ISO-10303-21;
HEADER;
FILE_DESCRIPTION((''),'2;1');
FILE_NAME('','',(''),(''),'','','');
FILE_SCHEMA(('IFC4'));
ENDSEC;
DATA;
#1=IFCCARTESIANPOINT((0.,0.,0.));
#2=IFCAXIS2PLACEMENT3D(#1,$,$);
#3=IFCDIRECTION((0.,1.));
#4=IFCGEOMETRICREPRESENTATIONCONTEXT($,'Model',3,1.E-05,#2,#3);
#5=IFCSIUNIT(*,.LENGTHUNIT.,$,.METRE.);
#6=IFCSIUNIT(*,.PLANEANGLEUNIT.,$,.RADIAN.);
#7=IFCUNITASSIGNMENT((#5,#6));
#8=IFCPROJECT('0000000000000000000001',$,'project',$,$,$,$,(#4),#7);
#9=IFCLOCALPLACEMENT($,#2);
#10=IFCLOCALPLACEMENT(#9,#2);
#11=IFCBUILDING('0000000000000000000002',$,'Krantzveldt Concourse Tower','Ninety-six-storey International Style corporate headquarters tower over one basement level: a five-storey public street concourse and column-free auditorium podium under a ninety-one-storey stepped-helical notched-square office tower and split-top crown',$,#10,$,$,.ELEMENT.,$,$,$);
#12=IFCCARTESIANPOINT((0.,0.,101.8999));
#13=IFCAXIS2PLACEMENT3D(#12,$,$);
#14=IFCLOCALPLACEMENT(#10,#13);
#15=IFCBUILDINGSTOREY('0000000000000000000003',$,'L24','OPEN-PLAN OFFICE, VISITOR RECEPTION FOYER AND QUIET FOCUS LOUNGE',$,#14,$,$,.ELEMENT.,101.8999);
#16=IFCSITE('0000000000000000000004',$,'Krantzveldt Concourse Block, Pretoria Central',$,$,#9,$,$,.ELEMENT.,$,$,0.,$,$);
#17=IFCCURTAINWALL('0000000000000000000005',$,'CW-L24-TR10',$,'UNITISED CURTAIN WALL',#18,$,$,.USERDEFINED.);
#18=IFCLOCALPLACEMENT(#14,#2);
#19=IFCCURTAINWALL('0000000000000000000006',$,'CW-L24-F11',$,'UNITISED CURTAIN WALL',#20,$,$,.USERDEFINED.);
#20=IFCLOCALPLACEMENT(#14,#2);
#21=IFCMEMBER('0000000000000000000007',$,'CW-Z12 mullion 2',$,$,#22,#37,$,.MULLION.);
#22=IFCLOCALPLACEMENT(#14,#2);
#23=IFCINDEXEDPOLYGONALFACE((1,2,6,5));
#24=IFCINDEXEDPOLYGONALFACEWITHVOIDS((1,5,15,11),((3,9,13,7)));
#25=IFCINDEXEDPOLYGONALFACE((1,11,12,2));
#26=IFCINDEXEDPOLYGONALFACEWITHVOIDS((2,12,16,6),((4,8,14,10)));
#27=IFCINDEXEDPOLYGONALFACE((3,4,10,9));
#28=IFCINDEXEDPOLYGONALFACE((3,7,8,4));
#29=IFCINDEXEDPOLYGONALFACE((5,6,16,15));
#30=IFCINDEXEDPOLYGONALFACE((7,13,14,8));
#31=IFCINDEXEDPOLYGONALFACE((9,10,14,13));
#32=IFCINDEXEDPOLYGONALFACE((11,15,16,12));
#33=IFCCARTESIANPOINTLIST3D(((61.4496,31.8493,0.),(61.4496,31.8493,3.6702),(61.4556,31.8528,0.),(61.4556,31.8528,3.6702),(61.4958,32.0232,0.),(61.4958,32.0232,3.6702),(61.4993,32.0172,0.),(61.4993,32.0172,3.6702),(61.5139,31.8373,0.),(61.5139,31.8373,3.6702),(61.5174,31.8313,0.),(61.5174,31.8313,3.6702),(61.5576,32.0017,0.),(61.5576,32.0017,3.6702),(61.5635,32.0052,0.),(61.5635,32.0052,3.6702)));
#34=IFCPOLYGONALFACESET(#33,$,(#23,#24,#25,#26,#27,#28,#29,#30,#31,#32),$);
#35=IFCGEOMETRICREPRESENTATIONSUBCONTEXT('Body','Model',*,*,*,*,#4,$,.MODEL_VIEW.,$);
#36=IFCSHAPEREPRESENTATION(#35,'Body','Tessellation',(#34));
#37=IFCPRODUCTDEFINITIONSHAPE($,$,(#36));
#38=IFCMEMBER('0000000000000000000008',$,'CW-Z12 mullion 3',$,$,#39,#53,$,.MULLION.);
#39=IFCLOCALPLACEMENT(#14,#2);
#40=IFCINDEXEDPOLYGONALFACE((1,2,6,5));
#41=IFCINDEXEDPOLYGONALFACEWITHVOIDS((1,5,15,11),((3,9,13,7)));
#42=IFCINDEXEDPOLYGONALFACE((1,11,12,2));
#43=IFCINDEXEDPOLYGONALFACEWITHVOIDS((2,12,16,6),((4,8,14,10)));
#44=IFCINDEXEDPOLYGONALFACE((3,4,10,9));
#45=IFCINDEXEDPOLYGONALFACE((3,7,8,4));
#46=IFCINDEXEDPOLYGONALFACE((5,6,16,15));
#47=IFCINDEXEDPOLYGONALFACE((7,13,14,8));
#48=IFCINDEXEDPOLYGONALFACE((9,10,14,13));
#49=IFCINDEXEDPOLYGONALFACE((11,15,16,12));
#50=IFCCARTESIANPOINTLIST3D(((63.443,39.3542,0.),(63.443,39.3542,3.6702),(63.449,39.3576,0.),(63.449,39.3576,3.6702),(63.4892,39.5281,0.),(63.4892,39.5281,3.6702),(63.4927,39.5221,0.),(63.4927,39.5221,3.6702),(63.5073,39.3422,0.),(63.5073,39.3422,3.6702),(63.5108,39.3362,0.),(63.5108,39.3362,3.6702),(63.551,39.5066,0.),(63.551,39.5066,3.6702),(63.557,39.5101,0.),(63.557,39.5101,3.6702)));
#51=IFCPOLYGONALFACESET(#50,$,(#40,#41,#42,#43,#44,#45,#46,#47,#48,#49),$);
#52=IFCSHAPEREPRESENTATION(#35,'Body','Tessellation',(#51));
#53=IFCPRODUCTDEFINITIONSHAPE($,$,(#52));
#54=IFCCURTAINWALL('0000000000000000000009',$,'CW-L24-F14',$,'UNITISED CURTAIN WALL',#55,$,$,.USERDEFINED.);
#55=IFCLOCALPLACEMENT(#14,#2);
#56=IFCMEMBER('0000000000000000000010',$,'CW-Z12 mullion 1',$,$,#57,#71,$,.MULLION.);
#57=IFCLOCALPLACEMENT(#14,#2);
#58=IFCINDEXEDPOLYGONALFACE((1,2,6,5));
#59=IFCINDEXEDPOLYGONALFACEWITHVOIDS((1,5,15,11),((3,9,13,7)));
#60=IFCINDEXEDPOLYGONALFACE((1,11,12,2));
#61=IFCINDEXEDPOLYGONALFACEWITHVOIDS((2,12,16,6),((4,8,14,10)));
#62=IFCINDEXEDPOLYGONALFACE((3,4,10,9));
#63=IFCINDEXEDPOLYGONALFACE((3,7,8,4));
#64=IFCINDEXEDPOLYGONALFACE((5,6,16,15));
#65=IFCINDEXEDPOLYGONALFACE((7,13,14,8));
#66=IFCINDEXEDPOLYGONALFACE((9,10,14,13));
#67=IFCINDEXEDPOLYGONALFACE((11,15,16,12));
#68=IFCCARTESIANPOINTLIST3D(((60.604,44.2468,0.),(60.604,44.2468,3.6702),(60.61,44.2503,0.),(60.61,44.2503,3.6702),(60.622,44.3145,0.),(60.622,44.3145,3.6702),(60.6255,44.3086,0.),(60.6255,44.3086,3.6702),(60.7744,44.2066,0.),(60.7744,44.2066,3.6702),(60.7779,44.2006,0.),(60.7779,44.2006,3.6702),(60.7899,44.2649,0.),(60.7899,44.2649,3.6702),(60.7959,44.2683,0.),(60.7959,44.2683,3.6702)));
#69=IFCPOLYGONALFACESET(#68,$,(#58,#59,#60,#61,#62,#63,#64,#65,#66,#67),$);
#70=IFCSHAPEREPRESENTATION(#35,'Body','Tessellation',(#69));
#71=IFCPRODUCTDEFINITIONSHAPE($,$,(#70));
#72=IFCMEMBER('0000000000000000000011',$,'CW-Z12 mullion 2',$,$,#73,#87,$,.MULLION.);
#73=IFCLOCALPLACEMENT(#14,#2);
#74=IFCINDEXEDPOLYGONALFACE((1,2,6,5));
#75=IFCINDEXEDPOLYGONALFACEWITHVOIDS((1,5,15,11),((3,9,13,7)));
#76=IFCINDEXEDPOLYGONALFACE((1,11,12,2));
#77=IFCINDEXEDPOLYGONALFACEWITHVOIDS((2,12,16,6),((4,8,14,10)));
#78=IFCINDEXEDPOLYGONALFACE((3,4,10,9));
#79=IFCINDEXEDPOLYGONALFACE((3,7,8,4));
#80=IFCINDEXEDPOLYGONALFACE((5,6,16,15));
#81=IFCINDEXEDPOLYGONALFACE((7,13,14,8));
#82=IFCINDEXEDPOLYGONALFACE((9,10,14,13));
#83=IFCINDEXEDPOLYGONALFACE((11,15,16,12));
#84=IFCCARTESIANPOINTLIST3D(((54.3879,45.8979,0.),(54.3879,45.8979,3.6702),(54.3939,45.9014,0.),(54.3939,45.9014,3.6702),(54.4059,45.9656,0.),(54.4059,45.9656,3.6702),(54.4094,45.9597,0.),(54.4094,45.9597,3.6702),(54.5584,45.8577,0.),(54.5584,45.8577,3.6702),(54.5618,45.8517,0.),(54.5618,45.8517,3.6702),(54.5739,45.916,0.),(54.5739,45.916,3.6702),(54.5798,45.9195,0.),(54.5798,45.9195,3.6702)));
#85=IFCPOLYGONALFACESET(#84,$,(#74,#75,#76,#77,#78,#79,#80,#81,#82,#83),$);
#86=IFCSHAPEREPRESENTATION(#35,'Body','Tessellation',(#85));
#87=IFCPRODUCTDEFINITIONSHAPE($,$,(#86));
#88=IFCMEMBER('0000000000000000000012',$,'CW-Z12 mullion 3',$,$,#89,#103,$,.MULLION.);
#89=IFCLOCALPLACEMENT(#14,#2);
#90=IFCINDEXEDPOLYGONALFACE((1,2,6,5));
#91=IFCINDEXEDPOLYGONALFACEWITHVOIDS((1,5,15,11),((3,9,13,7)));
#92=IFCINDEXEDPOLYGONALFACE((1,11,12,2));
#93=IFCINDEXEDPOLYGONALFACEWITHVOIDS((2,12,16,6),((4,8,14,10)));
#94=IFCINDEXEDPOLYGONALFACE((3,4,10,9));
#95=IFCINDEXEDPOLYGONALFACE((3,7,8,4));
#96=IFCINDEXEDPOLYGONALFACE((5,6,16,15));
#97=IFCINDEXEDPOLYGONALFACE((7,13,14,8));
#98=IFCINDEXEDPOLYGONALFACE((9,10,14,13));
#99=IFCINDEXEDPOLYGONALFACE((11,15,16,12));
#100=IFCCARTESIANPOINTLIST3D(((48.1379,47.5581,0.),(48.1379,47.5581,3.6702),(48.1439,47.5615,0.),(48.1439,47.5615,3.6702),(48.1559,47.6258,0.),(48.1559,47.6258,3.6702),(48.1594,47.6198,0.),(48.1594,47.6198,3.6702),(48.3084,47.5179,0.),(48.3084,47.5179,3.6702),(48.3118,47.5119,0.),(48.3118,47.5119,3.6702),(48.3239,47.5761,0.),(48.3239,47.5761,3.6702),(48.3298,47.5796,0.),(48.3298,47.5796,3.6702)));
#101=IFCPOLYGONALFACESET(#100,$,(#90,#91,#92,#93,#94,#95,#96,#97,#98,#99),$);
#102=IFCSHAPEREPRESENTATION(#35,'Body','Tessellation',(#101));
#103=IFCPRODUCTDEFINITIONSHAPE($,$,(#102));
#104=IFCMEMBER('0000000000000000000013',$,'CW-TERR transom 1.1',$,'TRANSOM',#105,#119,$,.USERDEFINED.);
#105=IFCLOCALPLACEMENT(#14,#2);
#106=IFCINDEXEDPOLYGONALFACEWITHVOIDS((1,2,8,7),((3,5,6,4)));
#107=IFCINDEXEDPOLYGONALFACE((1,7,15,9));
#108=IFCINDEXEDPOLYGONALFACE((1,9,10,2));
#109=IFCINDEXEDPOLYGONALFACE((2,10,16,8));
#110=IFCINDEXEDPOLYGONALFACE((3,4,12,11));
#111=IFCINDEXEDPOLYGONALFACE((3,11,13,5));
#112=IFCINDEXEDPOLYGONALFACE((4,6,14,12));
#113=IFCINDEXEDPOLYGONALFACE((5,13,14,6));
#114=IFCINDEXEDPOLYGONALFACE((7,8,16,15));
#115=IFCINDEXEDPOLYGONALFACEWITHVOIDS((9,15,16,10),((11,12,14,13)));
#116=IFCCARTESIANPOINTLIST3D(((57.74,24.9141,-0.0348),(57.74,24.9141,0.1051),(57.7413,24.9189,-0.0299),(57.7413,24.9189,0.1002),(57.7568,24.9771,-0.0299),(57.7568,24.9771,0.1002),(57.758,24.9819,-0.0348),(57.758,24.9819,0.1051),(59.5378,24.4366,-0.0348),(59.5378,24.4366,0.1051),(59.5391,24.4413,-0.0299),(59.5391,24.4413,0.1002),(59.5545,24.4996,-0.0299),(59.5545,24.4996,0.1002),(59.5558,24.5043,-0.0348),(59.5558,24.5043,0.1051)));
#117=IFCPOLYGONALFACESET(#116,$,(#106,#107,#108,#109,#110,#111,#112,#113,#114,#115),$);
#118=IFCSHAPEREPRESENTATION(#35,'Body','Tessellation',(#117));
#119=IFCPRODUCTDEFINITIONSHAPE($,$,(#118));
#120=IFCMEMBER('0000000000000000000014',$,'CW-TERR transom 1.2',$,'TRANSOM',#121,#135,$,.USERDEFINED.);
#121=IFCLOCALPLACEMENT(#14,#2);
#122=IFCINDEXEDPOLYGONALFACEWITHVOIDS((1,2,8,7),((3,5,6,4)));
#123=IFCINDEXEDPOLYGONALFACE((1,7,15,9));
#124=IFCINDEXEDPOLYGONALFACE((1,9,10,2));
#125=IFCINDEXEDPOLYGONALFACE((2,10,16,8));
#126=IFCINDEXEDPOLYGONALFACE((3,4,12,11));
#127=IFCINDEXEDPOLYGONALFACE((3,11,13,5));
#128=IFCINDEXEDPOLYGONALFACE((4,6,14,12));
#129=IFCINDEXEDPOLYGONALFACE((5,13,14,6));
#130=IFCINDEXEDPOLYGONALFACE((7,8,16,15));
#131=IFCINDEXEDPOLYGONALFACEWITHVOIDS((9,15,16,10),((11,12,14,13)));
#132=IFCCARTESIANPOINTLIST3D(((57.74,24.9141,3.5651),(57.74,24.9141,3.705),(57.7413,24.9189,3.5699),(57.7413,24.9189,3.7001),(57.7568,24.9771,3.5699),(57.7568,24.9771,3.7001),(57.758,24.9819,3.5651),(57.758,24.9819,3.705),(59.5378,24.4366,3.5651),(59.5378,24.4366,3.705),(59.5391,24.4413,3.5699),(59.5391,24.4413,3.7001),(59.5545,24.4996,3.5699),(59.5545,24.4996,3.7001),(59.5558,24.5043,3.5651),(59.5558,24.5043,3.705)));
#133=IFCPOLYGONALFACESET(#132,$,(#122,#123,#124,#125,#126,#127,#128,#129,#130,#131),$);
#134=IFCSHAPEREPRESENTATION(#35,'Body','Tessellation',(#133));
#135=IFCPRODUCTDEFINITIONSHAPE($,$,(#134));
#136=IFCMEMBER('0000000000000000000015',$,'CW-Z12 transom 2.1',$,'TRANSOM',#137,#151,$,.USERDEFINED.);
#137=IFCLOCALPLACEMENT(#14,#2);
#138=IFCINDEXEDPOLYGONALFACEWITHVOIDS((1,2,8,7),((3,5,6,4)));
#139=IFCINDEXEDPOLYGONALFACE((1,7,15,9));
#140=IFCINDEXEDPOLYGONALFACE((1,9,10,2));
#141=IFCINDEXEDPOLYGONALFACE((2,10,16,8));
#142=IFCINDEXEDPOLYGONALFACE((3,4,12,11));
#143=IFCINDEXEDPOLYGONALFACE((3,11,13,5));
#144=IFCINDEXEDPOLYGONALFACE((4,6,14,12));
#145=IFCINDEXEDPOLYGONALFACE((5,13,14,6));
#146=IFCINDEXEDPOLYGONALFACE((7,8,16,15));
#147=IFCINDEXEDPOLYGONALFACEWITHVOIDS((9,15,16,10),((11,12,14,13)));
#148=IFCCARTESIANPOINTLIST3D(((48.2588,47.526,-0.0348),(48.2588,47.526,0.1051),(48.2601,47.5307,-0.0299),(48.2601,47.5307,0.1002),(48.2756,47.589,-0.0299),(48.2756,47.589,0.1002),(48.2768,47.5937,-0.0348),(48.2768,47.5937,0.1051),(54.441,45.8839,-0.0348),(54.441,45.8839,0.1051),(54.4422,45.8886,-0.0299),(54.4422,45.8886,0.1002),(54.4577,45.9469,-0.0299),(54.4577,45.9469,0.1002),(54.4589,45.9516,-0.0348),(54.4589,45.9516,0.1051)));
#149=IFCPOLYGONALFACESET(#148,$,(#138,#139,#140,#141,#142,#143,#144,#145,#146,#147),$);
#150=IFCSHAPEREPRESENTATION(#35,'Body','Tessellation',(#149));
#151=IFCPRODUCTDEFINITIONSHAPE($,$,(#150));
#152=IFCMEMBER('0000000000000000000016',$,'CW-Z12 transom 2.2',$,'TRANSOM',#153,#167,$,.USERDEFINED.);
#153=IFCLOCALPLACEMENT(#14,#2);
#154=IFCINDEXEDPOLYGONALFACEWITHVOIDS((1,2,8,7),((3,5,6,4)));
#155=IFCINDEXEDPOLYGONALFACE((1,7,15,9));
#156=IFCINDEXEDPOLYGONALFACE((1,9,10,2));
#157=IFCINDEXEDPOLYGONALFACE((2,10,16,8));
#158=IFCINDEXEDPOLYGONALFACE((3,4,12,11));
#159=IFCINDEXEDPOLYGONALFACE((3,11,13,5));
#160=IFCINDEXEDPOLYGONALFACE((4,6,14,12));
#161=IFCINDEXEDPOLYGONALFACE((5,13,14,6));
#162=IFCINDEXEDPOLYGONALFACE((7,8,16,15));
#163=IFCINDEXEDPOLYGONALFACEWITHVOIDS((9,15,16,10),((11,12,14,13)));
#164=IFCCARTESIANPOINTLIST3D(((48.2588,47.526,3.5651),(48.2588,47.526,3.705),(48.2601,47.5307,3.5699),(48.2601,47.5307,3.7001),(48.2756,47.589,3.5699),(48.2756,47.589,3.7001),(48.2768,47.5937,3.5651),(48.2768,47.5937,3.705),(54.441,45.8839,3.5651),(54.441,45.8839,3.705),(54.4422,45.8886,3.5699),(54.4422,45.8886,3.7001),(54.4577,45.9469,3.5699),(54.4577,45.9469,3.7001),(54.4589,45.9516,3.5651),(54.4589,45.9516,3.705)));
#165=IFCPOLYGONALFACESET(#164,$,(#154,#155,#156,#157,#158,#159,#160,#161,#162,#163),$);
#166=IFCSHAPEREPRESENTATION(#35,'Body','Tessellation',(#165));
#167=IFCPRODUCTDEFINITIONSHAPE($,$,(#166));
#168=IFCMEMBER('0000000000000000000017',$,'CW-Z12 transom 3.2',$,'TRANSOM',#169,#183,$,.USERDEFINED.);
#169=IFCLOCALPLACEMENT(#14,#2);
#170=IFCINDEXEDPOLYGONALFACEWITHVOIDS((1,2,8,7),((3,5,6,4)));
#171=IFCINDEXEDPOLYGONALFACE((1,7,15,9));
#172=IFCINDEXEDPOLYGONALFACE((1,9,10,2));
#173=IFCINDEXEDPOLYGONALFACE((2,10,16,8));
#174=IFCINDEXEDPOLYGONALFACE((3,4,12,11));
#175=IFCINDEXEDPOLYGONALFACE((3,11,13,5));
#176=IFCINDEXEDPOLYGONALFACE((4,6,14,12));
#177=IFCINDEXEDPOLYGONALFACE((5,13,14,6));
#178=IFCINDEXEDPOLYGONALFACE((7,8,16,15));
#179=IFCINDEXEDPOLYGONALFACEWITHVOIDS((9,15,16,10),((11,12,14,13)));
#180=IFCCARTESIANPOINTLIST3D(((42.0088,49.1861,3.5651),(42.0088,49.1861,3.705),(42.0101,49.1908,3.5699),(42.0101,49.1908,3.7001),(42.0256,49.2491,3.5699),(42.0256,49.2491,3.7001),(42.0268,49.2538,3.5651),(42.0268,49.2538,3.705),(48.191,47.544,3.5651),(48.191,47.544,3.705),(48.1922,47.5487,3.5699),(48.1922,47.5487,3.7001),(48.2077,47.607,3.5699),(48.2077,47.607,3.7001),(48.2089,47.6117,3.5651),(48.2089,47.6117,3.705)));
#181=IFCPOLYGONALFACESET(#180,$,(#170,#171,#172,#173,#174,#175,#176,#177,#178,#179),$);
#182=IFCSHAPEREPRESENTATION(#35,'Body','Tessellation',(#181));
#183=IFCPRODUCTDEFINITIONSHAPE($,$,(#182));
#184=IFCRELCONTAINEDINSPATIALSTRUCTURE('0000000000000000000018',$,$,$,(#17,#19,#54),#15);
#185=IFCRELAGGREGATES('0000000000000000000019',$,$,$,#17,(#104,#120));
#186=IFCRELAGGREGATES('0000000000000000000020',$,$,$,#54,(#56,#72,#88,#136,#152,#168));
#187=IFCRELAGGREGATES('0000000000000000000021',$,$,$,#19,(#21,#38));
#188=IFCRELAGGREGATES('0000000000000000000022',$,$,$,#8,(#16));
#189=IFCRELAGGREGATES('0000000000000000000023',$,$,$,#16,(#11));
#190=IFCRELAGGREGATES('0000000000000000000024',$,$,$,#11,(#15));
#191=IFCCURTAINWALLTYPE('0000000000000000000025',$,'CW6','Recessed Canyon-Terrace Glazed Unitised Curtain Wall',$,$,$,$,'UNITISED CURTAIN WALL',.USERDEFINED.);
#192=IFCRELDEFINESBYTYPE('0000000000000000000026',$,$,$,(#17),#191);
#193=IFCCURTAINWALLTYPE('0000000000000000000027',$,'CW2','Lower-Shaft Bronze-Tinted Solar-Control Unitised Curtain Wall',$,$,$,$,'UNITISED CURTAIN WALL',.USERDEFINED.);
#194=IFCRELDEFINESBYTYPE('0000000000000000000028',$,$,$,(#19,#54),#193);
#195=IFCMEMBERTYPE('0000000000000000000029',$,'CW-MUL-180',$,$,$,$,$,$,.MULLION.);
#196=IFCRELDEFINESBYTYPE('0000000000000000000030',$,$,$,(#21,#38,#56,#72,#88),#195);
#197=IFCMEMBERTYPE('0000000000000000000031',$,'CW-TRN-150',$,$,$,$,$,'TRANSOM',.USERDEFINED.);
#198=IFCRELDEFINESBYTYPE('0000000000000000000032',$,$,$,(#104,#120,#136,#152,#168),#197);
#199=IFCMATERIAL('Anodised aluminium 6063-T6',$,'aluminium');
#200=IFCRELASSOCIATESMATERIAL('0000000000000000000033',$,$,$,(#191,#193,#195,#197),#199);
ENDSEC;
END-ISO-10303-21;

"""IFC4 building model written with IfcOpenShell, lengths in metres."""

from ifc_helpers import new_model, si_unit, direction, frame, origin, origin_2d, place, context, subcontext, project, spatial, hollow_rectangle, extrude, source, transform, mapped, material, material_profile, profile_set, type_object, type_shapes, element, aggregate, save


model = new_model("IFC4")

# Units and contexts
model_context = context("Model", 3, precision=1e-05, world=origin(), true_north=direction((0.0, 1.0)))
body_context = subcontext(model_context, "Body", "Model", "MODEL_VIEW")
ifc_project = project(units=[si_unit("LENGTHUNIT", "METRE"), si_unit("PLANEANGLEUNIT", "RADIAN")], contexts=[model_context])

# Site, building, storey
site_placement = place(None, origin())
site = spatial("IfcSite", under=ifc_project, at=site_placement, Name="Krantzveldt Concourse Block, Pretoria Central", CompositionType="ELEMENT", RefElevation=0.0)
building_placement = place(site_placement, origin())
building = spatial("IfcBuilding", under=site, at=building_placement, Name="Krantzveldt Concourse Tower", Description="Ninety-six-storey International Style corporate headquarters tower over one basement level: a five-storey public street concourse and column-free auditorium podium under a ninety-one-storey stepped-helical notched-square office tower and split-top crown", CompositionType="ELEMENT")
storey_placement = place(building_placement, frame((0.0, 0.0, 101.8999)))
storey = spatial("IfcBuildingStorey", under=building, at=storey_placement, Name="L24", Description="OPEN-PLAN OFFICE, VISITOR RECEPTION FOYER AND QUIET FOCUS LOUNGE", CompositionType="ELEMENT", Elevation=101.8999)

# Curtain walls, members
ifc_material_1 = material(Name="Anodised aluminium 6063-T6", Category="aluminium")
curtain_wall_type_1 = type_object("IfcCurtainWallType", Name="CW6", Description="Recessed Canyon-Terrace Glazed Unitised Curtain Wall", ElementType="UNITISED CURTAIN WALL", PredefinedType="USERDEFINED", material=ifc_material_1)
curtain_wall_1_placement = place(storey_placement, origin())
curtain_wall_1 = element("IfcCurtainWall", 1, at=curtain_wall_1_placement, inside=storey, type_object=curtain_wall_type_1, Name="CW-L24-TR10", ObjectType="UNITISED CURTAIN WALL", PredefinedType="USERDEFINED")
ifc_material_profile_1 = material_profile(ifc_material_1, hollow_rectangle(XDim=0.0701, YDim=0.1799, WallThickness=0.0049, at=origin_2d()), Name="Anodised aluminium 6063-T6", Category="aluminium")
ifc_profile_set_1 = profile_set([ifc_material_profile_1], Name="Anodised aluminium 6063-T6 - ALU-MULL 180x70x5")
member_type_1 = type_object("IfcMemberType", Name="CW-MUL-180", PredefinedType="MULLION", material=ifc_profile_set_1)
shared_shape_1 = source(origin(), body_context, "Body", "SweptSolid", [
    extrude(hollow_rectangle(XDim=0.0701, YDim=0.1799, WallThickness=0.0049, at=origin_2d()), origin(), (0.0, 0.0, 1.0), 3.6702),
])
type_shapes(member_type_1, [shared_shape_1])
curtain_wall_type_2 = type_object("IfcCurtainWallType", Name="CW2", Description="Lower-Shaft Bronze-Tinted Solar-Control Unitised Curtain Wall", ElementType="UNITISED CURTAIN WALL", PredefinedType="USERDEFINED", material=ifc_material_1)
curtain_wall_2_placement = place(storey_placement, origin())
curtain_wall_2 = element("IfcCurtainWall", 2, at=curtain_wall_2_placement, inside=storey, type_object=curtain_wall_type_2, Name="CW-L24-F11", ObjectType="UNITISED CURTAIN WALL", PredefinedType="USERDEFINED")
member_1_placement = place(storey_placement, frame((61.5066, 31.9272, 0.0), z_axis=(0.0, 0.0, 1.0), x_axis=(-0.966488, 0.256711, 0.0)))
member_1 = element("IfcMember", 3, at=member_1_placement, type_object=member_type_1, Name="CW-Z12 mullion 2", PredefinedType="MULLION", context=body_context, shape_type="MappedRepresentation", body=[
    mapped(shared_shape_1, transform((0.0, 0.0, 0.0), x_axis=(1.0, 0.0, 0.0), y_axis=(0.0, 1.0, 0.0), z_axis=(0.0, 0.0, 1.0), scale=1.0)),
])
member_2_placement = place(storey_placement, frame((63.5, 39.4321, 0.0), z_axis=(0.0, 0.0, 1.0), x_axis=(-0.966488, 0.256711, 0.0)))
member_2 = element("IfcMember", 4, at=member_2_placement, type_object=member_type_1, Name="CW-Z12 mullion 3", PredefinedType="MULLION", context=body_context, shape_type="MappedRepresentation", body=[
    mapped(shared_shape_1, transform((0.0, 0.0, 0.0), x_axis=(1.0, 0.0, 0.0), y_axis=(0.0, 1.0, 0.0), z_axis=(0.0, 0.0, 1.0), scale=1.0)),
])
curtain_wall_3_placement = place(storey_placement, origin())
curtain_wall_3 = element("IfcCurtainWall", 5, at=curtain_wall_3_placement, inside=storey, type_object=curtain_wall_type_2, Name="CW-L24-F14", ObjectType="UNITISED CURTAIN WALL", PredefinedType="USERDEFINED")
member_3_placement = place(storey_placement, frame((60.7, 44.2576, 0.0), z_axis=(0.0, 0.0, 1.0), x_axis=(-0.256711, -0.966488, 0.0)))
member_3 = element("IfcMember", 6, at=member_3_placement, type_object=member_type_1, Name="CW-Z12 mullion 1", PredefinedType="MULLION", context=body_context, shape_type="MappedRepresentation", body=[
    mapped(shared_shape_1, transform((0.0, 0.0, 0.0), x_axis=(1.0, 0.0, 0.0), y_axis=(0.0, 1.0, 0.0), z_axis=(0.0, 0.0, 1.0), scale=1.0)),
])
member_4_placement = place(storey_placement, frame((54.4839, 45.9087, 0.0), z_axis=(0.0, 0.0, 1.0), x_axis=(-0.256711, -0.966488, 0.0)))
member_4 = element("IfcMember", 7, at=member_4_placement, type_object=member_type_1, Name="CW-Z12 mullion 2", PredefinedType="MULLION", context=body_context, shape_type="MappedRepresentation", body=[
    mapped(shared_shape_1, transform((0.0, 0.0, 0.0), x_axis=(1.0, 0.0, 0.0), y_axis=(0.0, 1.0, 0.0), z_axis=(0.0, 0.0, 1.0), scale=1.0)),
])
member_5_placement = place(storey_placement, frame((48.2339, 47.5688, 0.0), z_axis=(0.0, 0.0, 1.0), x_axis=(-0.256711, -0.966488, 0.0)))
member_5 = element("IfcMember", 8, at=member_5_placement, type_object=member_type_1, Name="CW-Z12 mullion 3", PredefinedType="MULLION", context=body_context, shape_type="MappedRepresentation", body=[
    mapped(shared_shape_1, transform((0.0, 0.0, 0.0), x_axis=(1.0, 0.0, 0.0), y_axis=(0.0, 1.0, 0.0), z_axis=(0.0, 0.0, 1.0), scale=1.0)),
])

# Members
ifc_material_profile_2 = material_profile(ifc_material_1, hollow_rectangle(XDim=0.0701, YDim=0.1399, WallThickness=0.0049, at=origin_2d()), Name="Anodised aluminium 6063-T6", Category="aluminium")
ifc_profile_set_2 = profile_set([ifc_material_profile_2], Name="Anodised aluminium 6063-T6 - ALU-TRAN 140x70x5")
member_type_2 = type_object("IfcMemberType", Name="CW-TRN-150", ElementType="TRANSOM", PredefinedType="USERDEFINED", material=ifc_profile_set_2)
shared_shape_2 = source(origin(), body_context, "Body", "SweptSolid", [
    extrude(hollow_rectangle(XDim=0.0701, YDim=0.1399, WallThickness=0.0049, at=origin_2d()), origin(), (0.0, 0.0, 1.0), 1.8601),
])
member_6_placement = place(storey_placement, frame((57.749, 24.948, 0.0352), z_axis=(0.966487, -0.256715, 0.0), x_axis=(0.256715, 0.966487, 0.0)))
member_6 = element("IfcMember", 9, at=member_6_placement, type_object=member_type_2, Name="CW-TERR transom 1.1", ObjectType="TRANSOM", PredefinedType="USERDEFINED", context=body_context, shape_type="MappedRepresentation", body=[
    mapped(shared_shape_2, transform((0.0, 0.0, 0.0), x_axis=(1.0, 0.0, 0.0), y_axis=(0.0, 1.0, 0.0), z_axis=(0.0, 0.0, 1.0), scale=1.0)),
])
member_7_placement = place(storey_placement, frame((57.749, 24.948, 3.635), z_axis=(0.966487, -0.256715, 0.0), x_axis=(0.256715, 0.966487, 0.0)))
member_7 = element("IfcMember", 10, at=member_7_placement, type_object=member_type_2, Name="CW-TERR transom 1.2", ObjectType="TRANSOM", PredefinedType="USERDEFINED", context=body_context, shape_type="MappedRepresentation", body=[
    mapped(shared_shape_2, transform((0.0, 0.0, 0.0), x_axis=(1.0, 0.0, 0.0), y_axis=(0.0, 1.0, 0.0), z_axis=(0.0, 0.0, 1.0), scale=1.0)),
])
shared_shape_3 = source(origin(), body_context, "Body", "SweptSolid", [
    extrude(hollow_rectangle(XDim=0.0701, YDim=0.1399, WallThickness=0.0049, at=origin_2d()), origin(), (0.0, 0.0, 1.0), 6.3965),
])
member_8_placement = place(storey_placement, frame((54.45, 45.9177, 0.0352), z_axis=(-0.966487, 0.256717, 0.0), x_axis=(-0.256717, -0.966487, 0.0)))
member_8 = element("IfcMember", 11, at=member_8_placement, type_object=member_type_2, Name="CW-Z12 transom 2.1", ObjectType="TRANSOM", PredefinedType="USERDEFINED", context=body_context, shape_type="MappedRepresentation", body=[
    mapped(shared_shape_3, transform((0.0, 0.0, 0.0), x_axis=(1.0, 0.0, 0.0), y_axis=(0.0, 1.0, 0.0), z_axis=(0.0, 0.0, 1.0), scale=1.0)),
])
member_9_placement = place(storey_placement, frame((54.45, 45.9177, 3.635), z_axis=(-0.966487, 0.256717, 0.0), x_axis=(-0.256717, -0.966487, 0.0)))
member_9 = element("IfcMember", 12, at=member_9_placement, type_object=member_type_2, Name="CW-Z12 transom 2.2", ObjectType="TRANSOM", PredefinedType="USERDEFINED", context=body_context, shape_type="MappedRepresentation", body=[
    mapped(shared_shape_3, transform((0.0, 0.0, 0.0), x_axis=(1.0, 0.0, 0.0), y_axis=(0.0, 1.0, 0.0), z_axis=(0.0, 0.0, 1.0), scale=1.0)),
])
member_10_placement = place(storey_placement, frame((48.2, 47.5779, 3.635), z_axis=(-0.966487, 0.256717, 0.0), x_axis=(-0.256717, -0.966487, 0.0)))
member_10 = element("IfcMember", 13, at=member_10_placement, type_object=member_type_2, Name="CW-Z12 transom 3.2", ObjectType="TRANSOM", PredefinedType="USERDEFINED", context=body_context, shape_type="MappedRepresentation", body=[
    mapped(shared_shape_3, transform((0.0, 0.0, 0.0), x_axis=(1.0, 0.0, 0.0), y_axis=(0.0, 1.0, 0.0), z_axis=(0.0, 0.0, 1.0), scale=1.0)),
])

aggregate(curtain_wall_1, [member_6, member_7])
aggregate(curtain_wall_3, [member_3, member_4, member_5, member_8, member_9, member_10])
aggregate(curtain_wall_2, [member_1, member_2])

save(model, "model.ifc")
